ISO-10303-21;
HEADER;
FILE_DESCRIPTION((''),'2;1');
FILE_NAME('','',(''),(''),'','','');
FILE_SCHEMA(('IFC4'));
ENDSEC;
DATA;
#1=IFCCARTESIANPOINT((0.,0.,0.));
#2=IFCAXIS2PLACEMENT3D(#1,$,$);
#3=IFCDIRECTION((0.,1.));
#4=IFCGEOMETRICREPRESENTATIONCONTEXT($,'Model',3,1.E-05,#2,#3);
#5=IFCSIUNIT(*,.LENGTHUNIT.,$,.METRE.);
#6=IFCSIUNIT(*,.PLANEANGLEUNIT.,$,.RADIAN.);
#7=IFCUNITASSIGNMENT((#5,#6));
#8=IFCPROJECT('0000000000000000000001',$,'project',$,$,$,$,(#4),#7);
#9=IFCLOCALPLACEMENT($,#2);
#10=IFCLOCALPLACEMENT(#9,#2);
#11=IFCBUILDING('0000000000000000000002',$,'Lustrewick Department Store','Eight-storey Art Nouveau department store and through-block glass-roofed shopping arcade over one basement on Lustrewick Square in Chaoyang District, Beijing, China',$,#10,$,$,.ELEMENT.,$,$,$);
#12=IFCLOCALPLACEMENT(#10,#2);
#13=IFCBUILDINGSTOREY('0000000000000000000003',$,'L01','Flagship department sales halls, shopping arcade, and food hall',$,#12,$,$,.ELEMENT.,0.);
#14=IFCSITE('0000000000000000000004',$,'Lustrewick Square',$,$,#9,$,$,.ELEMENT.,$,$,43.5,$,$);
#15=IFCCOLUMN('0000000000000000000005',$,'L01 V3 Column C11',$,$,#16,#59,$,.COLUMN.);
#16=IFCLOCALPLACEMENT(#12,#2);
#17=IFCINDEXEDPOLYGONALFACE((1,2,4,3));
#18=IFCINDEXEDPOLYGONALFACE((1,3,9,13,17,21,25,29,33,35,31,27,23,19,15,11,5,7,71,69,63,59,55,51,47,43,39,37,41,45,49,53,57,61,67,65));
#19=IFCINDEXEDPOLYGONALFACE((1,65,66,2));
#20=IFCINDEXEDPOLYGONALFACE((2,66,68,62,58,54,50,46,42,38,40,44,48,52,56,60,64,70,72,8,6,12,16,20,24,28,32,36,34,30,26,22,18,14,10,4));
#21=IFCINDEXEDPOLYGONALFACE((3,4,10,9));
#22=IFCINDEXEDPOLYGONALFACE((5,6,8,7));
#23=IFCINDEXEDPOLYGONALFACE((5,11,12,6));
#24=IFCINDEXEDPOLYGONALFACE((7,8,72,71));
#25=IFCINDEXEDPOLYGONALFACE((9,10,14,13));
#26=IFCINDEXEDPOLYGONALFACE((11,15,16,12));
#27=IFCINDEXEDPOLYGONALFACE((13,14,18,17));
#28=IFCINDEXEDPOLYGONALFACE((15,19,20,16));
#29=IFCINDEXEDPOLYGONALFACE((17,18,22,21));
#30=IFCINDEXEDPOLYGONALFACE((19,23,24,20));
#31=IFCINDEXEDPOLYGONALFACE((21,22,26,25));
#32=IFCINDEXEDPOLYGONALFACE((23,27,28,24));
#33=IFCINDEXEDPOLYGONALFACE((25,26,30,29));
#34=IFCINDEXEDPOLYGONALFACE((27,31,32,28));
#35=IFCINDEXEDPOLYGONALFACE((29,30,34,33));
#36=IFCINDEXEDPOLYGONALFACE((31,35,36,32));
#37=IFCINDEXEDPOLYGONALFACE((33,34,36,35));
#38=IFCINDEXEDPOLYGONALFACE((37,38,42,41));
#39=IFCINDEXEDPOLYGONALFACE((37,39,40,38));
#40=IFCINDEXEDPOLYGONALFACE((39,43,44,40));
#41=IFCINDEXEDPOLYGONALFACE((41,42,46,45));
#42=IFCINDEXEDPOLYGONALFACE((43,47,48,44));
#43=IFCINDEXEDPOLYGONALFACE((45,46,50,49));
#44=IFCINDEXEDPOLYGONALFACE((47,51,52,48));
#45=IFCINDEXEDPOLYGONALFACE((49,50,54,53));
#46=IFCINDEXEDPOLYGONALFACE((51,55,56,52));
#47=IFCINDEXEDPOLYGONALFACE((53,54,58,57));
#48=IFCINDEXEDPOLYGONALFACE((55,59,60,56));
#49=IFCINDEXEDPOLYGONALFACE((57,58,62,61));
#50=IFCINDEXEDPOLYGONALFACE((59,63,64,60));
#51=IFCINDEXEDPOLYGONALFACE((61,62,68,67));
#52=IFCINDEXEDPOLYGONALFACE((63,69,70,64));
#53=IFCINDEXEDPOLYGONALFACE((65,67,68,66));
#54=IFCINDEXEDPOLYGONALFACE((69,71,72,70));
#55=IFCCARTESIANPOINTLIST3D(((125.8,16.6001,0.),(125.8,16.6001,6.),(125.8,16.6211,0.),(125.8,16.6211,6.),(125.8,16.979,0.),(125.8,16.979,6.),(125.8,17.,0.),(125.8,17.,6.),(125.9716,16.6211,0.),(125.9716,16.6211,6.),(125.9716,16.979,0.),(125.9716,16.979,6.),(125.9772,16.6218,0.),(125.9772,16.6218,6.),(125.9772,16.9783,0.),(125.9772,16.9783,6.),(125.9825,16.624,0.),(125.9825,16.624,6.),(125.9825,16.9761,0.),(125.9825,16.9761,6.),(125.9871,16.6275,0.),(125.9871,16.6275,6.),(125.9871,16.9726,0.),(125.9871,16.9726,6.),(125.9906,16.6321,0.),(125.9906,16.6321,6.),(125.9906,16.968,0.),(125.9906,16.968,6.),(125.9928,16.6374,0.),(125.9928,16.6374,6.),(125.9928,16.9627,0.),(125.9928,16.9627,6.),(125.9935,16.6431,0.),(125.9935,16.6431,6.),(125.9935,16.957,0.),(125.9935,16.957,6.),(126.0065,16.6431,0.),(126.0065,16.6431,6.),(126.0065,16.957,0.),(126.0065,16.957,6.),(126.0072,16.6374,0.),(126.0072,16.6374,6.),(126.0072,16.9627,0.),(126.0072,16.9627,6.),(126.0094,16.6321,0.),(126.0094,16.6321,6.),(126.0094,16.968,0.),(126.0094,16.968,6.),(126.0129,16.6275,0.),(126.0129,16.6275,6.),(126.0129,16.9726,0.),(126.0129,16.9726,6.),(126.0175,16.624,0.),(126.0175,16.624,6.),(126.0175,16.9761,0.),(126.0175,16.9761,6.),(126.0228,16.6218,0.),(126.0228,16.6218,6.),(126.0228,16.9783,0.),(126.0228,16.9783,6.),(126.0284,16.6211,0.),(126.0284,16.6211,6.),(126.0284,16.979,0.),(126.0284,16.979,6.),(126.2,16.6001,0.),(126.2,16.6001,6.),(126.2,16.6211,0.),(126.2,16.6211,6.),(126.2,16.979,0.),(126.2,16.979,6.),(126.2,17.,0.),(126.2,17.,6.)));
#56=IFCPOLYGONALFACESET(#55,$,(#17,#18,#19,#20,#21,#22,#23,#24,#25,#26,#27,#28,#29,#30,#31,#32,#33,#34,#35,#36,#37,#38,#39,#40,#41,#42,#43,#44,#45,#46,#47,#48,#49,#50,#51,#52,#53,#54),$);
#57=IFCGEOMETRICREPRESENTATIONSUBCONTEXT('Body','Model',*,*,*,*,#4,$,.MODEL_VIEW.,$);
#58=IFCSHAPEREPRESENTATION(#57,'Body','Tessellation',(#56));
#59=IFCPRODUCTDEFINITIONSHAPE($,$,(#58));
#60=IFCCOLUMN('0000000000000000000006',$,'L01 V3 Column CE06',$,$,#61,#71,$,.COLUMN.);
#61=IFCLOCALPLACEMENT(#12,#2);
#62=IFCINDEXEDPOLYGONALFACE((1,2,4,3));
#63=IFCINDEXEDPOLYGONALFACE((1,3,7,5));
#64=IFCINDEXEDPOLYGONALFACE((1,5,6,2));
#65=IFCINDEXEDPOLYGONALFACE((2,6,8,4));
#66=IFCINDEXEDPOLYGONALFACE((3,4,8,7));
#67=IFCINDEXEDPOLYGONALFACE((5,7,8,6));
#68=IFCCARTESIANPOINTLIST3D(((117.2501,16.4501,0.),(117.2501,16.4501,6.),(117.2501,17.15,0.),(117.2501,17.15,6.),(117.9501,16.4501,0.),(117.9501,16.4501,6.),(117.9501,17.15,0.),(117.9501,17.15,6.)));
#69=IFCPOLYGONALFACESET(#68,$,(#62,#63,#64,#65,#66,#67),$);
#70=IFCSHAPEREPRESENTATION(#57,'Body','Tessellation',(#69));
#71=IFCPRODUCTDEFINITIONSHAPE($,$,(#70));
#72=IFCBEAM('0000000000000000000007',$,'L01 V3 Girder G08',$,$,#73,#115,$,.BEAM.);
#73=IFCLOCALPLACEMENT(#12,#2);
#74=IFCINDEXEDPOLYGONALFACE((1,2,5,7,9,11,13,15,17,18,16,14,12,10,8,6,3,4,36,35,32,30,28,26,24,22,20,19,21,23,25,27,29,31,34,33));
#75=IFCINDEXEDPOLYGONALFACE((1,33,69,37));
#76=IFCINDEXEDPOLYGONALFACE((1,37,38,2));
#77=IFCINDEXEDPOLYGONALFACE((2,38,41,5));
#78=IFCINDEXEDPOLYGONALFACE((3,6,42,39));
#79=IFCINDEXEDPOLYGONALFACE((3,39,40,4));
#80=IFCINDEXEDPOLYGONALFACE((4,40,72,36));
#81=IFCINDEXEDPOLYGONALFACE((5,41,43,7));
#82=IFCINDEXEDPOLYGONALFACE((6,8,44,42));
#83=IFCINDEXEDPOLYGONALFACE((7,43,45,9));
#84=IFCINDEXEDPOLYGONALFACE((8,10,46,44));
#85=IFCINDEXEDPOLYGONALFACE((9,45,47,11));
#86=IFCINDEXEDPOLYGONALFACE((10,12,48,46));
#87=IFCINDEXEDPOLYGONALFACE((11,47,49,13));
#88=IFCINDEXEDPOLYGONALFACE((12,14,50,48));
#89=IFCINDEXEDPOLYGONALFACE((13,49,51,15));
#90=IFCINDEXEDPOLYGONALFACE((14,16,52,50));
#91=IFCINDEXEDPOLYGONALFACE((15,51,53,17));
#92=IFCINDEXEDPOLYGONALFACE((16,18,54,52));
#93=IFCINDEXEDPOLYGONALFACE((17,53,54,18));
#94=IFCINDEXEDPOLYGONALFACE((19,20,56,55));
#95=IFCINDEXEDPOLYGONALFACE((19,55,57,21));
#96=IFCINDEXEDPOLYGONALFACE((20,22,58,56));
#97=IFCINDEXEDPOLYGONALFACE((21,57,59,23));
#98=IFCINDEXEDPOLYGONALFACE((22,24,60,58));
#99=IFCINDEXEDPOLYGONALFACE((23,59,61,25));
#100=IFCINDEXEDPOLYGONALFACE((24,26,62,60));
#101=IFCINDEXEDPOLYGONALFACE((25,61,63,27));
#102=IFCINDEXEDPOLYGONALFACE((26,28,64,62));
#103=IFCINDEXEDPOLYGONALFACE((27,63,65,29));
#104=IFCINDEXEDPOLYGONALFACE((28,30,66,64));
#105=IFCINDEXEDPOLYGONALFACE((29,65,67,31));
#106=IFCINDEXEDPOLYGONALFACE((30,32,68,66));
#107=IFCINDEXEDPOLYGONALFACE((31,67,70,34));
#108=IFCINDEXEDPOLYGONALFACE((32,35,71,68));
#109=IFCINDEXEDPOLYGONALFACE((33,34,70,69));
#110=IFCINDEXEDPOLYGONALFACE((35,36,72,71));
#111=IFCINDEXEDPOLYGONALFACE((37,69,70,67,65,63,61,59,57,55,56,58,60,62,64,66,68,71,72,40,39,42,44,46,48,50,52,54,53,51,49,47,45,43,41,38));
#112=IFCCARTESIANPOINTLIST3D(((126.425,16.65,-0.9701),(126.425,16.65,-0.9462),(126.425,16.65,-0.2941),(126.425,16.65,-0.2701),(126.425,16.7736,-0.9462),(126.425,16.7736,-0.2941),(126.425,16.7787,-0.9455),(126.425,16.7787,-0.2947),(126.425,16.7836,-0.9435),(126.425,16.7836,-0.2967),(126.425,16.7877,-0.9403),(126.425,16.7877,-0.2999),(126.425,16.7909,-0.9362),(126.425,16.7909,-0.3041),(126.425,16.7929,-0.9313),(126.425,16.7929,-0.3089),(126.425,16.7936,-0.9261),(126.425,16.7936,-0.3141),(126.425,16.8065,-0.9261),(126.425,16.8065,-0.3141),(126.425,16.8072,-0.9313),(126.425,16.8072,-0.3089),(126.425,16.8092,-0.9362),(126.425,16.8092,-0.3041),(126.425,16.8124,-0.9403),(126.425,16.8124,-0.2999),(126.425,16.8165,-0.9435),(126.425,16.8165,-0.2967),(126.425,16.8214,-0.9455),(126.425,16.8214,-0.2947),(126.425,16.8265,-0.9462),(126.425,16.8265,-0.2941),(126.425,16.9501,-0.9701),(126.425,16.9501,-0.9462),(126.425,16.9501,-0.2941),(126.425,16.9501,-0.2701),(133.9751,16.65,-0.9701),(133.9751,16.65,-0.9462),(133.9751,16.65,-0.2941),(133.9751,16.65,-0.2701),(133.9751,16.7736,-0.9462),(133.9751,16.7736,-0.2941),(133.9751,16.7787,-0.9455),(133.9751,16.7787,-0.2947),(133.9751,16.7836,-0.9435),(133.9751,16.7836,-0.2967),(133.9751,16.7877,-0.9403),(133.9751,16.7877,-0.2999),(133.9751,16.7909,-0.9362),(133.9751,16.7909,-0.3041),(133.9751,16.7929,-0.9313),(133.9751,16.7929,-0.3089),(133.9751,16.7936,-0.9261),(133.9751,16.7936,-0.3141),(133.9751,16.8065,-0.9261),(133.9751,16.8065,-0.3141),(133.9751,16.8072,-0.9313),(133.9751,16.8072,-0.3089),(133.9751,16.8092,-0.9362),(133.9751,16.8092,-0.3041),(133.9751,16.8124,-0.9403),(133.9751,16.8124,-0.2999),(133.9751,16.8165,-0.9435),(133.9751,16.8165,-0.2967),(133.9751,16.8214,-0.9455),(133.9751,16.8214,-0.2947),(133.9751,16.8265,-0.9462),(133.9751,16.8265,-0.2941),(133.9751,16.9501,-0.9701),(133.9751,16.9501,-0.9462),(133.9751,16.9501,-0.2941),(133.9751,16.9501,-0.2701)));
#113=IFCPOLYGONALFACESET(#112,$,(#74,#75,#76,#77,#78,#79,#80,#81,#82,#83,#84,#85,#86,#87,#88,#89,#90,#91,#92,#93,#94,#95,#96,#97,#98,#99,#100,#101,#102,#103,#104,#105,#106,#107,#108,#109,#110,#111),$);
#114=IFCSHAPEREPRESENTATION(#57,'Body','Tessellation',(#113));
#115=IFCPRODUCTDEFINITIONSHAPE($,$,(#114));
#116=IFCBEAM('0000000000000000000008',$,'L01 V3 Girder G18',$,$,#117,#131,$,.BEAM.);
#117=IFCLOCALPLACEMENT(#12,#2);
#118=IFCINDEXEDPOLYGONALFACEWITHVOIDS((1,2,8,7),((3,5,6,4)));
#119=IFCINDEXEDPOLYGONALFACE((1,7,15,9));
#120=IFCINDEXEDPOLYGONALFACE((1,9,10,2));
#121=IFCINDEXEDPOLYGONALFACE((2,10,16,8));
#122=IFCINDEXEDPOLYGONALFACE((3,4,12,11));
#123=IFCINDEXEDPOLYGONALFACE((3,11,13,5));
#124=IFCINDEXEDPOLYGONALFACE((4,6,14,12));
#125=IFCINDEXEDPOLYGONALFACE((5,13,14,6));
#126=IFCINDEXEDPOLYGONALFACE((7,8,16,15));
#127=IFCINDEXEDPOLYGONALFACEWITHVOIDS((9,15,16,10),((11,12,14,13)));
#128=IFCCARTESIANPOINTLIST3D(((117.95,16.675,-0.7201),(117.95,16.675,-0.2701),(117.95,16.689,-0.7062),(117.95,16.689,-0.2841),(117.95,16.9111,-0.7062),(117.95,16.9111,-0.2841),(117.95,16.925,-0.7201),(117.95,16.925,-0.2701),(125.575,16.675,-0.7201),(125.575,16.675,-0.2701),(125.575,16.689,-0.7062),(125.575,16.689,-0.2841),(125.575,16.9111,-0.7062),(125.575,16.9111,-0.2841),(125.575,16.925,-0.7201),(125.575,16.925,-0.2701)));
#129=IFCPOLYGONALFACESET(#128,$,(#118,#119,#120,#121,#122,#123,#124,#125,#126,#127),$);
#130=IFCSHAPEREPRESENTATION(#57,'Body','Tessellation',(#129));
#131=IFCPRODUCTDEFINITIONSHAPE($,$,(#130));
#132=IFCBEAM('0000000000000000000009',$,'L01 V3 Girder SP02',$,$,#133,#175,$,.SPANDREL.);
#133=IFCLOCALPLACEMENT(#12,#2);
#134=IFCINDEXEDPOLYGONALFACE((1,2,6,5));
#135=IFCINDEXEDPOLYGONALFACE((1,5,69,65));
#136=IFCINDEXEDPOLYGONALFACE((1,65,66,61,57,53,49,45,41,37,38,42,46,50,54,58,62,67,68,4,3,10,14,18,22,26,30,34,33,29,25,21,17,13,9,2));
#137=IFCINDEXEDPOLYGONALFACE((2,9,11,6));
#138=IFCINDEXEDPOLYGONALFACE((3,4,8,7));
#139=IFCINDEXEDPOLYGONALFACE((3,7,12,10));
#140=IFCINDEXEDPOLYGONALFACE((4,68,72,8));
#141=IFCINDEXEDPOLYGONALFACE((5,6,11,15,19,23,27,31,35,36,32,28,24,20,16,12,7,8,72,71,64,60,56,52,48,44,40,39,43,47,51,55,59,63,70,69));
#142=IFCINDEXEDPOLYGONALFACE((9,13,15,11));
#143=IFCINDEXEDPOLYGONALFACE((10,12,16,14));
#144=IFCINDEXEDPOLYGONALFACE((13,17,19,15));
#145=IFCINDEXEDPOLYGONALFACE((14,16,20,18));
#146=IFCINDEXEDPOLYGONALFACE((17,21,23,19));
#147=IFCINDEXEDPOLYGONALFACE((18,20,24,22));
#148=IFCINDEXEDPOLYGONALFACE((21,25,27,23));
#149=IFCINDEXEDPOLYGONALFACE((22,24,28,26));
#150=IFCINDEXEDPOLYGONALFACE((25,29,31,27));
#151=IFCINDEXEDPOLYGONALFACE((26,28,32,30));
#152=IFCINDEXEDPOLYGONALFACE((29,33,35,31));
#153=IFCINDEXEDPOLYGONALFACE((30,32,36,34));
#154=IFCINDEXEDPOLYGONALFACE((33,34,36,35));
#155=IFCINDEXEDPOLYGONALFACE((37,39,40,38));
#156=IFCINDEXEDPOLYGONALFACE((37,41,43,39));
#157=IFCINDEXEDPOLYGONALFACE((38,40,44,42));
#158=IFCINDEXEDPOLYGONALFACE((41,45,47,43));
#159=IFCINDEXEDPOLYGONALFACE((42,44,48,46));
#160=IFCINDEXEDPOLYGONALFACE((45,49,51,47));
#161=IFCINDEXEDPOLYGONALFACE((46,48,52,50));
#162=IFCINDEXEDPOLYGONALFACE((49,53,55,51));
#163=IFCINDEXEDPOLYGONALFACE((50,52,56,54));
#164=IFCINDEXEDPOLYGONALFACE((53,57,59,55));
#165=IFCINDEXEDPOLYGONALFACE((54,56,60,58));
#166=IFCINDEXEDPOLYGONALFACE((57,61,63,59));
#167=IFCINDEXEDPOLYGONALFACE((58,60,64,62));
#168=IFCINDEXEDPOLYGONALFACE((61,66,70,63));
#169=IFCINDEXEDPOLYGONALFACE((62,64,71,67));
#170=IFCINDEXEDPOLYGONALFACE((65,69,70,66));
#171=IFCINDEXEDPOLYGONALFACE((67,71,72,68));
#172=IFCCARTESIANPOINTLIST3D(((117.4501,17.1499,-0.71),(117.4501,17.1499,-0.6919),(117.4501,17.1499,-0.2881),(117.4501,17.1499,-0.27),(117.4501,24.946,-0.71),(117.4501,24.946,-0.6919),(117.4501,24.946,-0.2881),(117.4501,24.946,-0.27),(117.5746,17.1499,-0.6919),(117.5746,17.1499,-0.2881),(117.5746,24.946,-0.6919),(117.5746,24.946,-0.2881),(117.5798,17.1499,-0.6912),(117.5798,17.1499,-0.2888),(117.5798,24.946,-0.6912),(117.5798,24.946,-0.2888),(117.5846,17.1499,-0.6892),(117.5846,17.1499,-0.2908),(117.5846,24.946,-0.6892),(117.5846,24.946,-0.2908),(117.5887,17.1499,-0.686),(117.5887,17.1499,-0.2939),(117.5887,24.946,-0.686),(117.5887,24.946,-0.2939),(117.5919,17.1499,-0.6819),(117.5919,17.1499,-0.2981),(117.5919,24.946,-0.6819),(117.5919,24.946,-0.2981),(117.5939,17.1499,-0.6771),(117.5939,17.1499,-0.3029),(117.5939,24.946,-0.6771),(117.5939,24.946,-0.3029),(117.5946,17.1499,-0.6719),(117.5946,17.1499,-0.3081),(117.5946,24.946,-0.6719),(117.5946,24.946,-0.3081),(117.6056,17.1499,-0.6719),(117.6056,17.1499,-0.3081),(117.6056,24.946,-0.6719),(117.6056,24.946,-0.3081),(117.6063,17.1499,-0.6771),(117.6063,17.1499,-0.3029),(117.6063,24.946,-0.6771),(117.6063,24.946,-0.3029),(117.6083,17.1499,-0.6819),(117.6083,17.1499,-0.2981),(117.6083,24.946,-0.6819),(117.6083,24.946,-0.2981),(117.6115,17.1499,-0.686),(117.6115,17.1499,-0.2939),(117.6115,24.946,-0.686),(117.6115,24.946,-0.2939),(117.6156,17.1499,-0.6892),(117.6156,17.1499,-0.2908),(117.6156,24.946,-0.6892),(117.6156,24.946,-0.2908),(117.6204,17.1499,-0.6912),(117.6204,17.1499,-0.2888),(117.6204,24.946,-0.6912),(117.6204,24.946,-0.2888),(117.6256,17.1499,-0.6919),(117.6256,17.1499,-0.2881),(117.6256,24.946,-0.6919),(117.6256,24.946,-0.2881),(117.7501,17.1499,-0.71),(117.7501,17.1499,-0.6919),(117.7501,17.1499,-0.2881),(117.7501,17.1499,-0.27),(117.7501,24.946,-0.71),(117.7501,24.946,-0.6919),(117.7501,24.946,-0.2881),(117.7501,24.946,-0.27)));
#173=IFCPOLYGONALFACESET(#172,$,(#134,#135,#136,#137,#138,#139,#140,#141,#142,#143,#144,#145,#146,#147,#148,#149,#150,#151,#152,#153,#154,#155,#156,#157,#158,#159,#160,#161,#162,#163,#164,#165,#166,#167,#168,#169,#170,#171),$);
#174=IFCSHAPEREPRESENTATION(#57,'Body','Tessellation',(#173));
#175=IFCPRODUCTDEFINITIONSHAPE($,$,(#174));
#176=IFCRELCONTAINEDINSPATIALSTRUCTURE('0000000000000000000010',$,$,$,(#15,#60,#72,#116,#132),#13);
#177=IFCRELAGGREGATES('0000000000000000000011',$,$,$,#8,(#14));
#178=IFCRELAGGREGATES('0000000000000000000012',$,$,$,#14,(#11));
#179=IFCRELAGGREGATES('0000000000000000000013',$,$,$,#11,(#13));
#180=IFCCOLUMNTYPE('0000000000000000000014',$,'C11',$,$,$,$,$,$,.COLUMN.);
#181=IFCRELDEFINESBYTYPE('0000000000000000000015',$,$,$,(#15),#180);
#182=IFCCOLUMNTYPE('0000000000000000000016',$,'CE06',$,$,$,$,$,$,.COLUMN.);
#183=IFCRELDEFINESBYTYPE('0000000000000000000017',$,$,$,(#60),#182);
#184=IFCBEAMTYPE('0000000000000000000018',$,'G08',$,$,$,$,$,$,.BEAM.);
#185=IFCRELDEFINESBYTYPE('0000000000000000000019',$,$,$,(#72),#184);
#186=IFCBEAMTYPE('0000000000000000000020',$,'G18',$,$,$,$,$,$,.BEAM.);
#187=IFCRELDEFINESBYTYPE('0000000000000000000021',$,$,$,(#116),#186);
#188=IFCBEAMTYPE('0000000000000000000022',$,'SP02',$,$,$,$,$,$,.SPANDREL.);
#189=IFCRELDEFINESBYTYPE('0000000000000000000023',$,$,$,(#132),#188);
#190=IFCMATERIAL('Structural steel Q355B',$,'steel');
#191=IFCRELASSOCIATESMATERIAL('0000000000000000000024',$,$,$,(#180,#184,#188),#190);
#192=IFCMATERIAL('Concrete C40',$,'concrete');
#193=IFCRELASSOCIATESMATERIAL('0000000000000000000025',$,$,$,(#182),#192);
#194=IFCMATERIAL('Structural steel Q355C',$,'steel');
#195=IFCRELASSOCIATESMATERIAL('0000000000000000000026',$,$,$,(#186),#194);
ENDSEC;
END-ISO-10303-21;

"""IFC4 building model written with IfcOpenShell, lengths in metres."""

from ifc_helpers import new_model, si_unit, direction, frame, origin, origin_2d, place, context, subcontext, project, spatial, rectangle, hollow_rectangle, i_section, extrude, material, material_profile, profile_set, type_object, element, save


model = new_model("IFC4")

# Units and contexts
model_context = context("Model", 3, precision=1e-05, world=origin(), true_north=direction((0.0, 1.0)))
body_context = subcontext(model_context, "Body", "Model", "MODEL_VIEW")
ifc_project = project(units=[si_unit("LENGTHUNIT", "METRE"), si_unit("PLANEANGLEUNIT", "RADIAN")], contexts=[model_context])

# Site, building, storey
site_placement = place(None, origin())
site = spatial("IfcSite", under=ifc_project, at=site_placement, Name="Lustrewick Square", CompositionType="ELEMENT", RefElevation=43.5)
building_placement = place(site_placement, origin())
building = spatial("IfcBuilding", under=site, at=building_placement, Name="Lustrewick Department Store", Description="Eight-storey Art Nouveau department store and through-block glass-roofed shopping arcade over one basement on Lustrewick Square in Chaoyang District, Beijing, China", CompositionType="ELEMENT")
storey_placement = place(building_placement, origin())
storey = spatial("IfcBuildingStorey", under=building, at=storey_placement, Name="L01", Description="Flagship department sales halls, shopping arcade, and food hall", CompositionType="ELEMENT", Elevation=0.0)

# Columns
ifc_material_1 = material(Name="Structural steel Q355B", Category="steel")
ifc_material_profile_1 = material_profile(ifc_material_1, i_section(OverallWidth=0.3999, OverallDepth=0.3999, WebThickness=0.0129, FlangeThickness=0.021, FilletRadius=0.022, at=origin_2d()), Name="HW 400x400x13x21")
ifc_profile_set_1 = profile_set([ifc_material_profile_1], Name="Structural steel Q355B")
column_type_1 = type_object("IfcColumnType", Name="C11", PredefinedType="COLUMN", material=ifc_profile_set_1)
column_1_placement = place(storey_placement, frame((126.0, 16.8, 0.0), z_axis=(0.0, 0.0, 1.0), x_axis=(1.0, 0.0, 0.0)))
element("IfcColumn", 1, at=column_1_placement, inside=storey, type_object=column_type_1, Name="L01 V3 Column C11", PredefinedType="COLUMN", context=body_context, shape_type="SweptSolid", body=[
    extrude(i_section(OverallWidth=0.3999, OverallDepth=0.3999, WebThickness=0.0129, FlangeThickness=0.021, FilletRadius=0.022, at=origin_2d()), origin(), (0.0, 0.0, 1.0), 6.0),
])
ifc_material_2 = material(Name="Concrete C40", Category="concrete")
ifc_material_profile_2 = material_profile(ifc_material_2, rectangle(XDim=0.7, YDim=0.7, at=origin_2d()), Name="RC 700x700")
ifc_profile_set_2 = profile_set([ifc_material_profile_2], Name="Concrete C40")
column_type_2 = type_object("IfcColumnType", Name="CE06", PredefinedType="COLUMN", material=ifc_profile_set_2)
column_2_placement = place(storey_placement, frame((117.6001, 16.8, 0.0), z_axis=(0.0, 0.0, 1.0), x_axis=(1.0, 0.0, 0.0)))
element("IfcColumn", 2, at=column_2_placement, inside=storey, type_object=column_type_2, Name="L01 V3 Column CE06", PredefinedType="COLUMN", context=body_context, shape_type="SweptSolid", body=[
    extrude(rectangle(XDim=0.7, YDim=0.7, at=origin_2d()), origin(), (0.0, 0.0, 1.0), 6.0),
])

# Beams
ifc_material_profile_3 = material_profile(ifc_material_1, i_section(OverallWidth=0.3, OverallDepth=0.7, WebThickness=0.0129, FlangeThickness=0.0239, FilletRadius=0.02, at=origin_2d()), Name="HN 700x300x13x24")
ifc_profile_set_3 = profile_set([ifc_material_profile_3], Name="Structural steel Q355B")
beam_type_1 = type_object("IfcBeamType", Name="G08", PredefinedType="BEAM", material=ifc_profile_set_3)
beam_1_placement = place(storey_placement, frame((126.425, 16.8, -0.6201), z_axis=(1.0, 0.0, 0.0), x_axis=(0.0, 1.0, 0.0)))
element("IfcBeam", 3, at=beam_1_placement, inside=storey, type_object=beam_type_1, Name="L01 V3 Girder G08", PredefinedType="BEAM", context=body_context, shape_type="SweptSolid", body=[
    extrude(i_section(OverallWidth=0.3, OverallDepth=0.7, WebThickness=0.0129, FlangeThickness=0.0239, FilletRadius=0.02, at=origin_2d()), origin(), (0.0, 0.0, 1.0), 7.55),
])
ifc_material_3 = material(Name="Structural steel Q355C", Category="steel")
ifc_material_profile_4 = material_profile(ifc_material_3, hollow_rectangle(XDim=0.25, YDim=0.45, WallThickness=0.0139, at=origin_2d()), Name="RHS 450x250x14")
ifc_profile_set_4 = profile_set([ifc_material_profile_4], Name="Structural steel Q355C")
beam_type_2 = type_object("IfcBeamType", Name="G18", PredefinedType="BEAM", material=ifc_profile_set_4)
beam_2_placement = place(storey_placement, frame((117.95, 16.8, -0.4951), z_axis=(1.0, 0.0, 0.0), x_axis=(0.0, 1.0, 0.0)))
element("IfcBeam", 4, at=beam_2_placement, inside=storey, type_object=beam_type_2, Name="L01 V3 Girder G18", PredefinedType="BEAM", context=body_context, shape_type="SweptSolid", body=[
    extrude(hollow_rectangle(XDim=0.25, YDim=0.45, WallThickness=0.0139, at=origin_2d()), origin(), (0.0, 0.0, 1.0), 7.625),
])
ifc_material_profile_5 = material_profile(ifc_material_1, i_section(OverallWidth=0.3, OverallDepth=0.4399, WebThickness=0.011, FlangeThickness=0.0181, FilletRadius=0.02, at=origin_2d()), Name="HM 440x300x11x18")
ifc_profile_set_5 = profile_set([ifc_material_profile_5], Name="Structural steel Q355B")
beam_type_3 = type_object("IfcBeamType", Name="SP02", PredefinedType="SPANDREL", material=ifc_profile_set_5)
beam_3_placement = place(storey_placement, frame((117.6001, 17.1499, -0.49), z_axis=(0.0, 1.0, 0.0), x_axis=(-1.0, 0.0, 0.0)))
element("IfcBeam", 5, at=beam_3_placement, inside=storey, type_object=beam_type_3, Name="L01 V3 Girder SP02", PredefinedType="SPANDREL", context=body_context, shape_type="SweptSolid", body=[
    extrude(i_section(OverallWidth=0.3, OverallDepth=0.4399, WebThickness=0.011, FlangeThickness=0.0181, FilletRadius=0.02, at=origin_2d()), origin(), (0.0, 0.0, 1.0), 7.7961),
])

save(model, "model.ifc")
